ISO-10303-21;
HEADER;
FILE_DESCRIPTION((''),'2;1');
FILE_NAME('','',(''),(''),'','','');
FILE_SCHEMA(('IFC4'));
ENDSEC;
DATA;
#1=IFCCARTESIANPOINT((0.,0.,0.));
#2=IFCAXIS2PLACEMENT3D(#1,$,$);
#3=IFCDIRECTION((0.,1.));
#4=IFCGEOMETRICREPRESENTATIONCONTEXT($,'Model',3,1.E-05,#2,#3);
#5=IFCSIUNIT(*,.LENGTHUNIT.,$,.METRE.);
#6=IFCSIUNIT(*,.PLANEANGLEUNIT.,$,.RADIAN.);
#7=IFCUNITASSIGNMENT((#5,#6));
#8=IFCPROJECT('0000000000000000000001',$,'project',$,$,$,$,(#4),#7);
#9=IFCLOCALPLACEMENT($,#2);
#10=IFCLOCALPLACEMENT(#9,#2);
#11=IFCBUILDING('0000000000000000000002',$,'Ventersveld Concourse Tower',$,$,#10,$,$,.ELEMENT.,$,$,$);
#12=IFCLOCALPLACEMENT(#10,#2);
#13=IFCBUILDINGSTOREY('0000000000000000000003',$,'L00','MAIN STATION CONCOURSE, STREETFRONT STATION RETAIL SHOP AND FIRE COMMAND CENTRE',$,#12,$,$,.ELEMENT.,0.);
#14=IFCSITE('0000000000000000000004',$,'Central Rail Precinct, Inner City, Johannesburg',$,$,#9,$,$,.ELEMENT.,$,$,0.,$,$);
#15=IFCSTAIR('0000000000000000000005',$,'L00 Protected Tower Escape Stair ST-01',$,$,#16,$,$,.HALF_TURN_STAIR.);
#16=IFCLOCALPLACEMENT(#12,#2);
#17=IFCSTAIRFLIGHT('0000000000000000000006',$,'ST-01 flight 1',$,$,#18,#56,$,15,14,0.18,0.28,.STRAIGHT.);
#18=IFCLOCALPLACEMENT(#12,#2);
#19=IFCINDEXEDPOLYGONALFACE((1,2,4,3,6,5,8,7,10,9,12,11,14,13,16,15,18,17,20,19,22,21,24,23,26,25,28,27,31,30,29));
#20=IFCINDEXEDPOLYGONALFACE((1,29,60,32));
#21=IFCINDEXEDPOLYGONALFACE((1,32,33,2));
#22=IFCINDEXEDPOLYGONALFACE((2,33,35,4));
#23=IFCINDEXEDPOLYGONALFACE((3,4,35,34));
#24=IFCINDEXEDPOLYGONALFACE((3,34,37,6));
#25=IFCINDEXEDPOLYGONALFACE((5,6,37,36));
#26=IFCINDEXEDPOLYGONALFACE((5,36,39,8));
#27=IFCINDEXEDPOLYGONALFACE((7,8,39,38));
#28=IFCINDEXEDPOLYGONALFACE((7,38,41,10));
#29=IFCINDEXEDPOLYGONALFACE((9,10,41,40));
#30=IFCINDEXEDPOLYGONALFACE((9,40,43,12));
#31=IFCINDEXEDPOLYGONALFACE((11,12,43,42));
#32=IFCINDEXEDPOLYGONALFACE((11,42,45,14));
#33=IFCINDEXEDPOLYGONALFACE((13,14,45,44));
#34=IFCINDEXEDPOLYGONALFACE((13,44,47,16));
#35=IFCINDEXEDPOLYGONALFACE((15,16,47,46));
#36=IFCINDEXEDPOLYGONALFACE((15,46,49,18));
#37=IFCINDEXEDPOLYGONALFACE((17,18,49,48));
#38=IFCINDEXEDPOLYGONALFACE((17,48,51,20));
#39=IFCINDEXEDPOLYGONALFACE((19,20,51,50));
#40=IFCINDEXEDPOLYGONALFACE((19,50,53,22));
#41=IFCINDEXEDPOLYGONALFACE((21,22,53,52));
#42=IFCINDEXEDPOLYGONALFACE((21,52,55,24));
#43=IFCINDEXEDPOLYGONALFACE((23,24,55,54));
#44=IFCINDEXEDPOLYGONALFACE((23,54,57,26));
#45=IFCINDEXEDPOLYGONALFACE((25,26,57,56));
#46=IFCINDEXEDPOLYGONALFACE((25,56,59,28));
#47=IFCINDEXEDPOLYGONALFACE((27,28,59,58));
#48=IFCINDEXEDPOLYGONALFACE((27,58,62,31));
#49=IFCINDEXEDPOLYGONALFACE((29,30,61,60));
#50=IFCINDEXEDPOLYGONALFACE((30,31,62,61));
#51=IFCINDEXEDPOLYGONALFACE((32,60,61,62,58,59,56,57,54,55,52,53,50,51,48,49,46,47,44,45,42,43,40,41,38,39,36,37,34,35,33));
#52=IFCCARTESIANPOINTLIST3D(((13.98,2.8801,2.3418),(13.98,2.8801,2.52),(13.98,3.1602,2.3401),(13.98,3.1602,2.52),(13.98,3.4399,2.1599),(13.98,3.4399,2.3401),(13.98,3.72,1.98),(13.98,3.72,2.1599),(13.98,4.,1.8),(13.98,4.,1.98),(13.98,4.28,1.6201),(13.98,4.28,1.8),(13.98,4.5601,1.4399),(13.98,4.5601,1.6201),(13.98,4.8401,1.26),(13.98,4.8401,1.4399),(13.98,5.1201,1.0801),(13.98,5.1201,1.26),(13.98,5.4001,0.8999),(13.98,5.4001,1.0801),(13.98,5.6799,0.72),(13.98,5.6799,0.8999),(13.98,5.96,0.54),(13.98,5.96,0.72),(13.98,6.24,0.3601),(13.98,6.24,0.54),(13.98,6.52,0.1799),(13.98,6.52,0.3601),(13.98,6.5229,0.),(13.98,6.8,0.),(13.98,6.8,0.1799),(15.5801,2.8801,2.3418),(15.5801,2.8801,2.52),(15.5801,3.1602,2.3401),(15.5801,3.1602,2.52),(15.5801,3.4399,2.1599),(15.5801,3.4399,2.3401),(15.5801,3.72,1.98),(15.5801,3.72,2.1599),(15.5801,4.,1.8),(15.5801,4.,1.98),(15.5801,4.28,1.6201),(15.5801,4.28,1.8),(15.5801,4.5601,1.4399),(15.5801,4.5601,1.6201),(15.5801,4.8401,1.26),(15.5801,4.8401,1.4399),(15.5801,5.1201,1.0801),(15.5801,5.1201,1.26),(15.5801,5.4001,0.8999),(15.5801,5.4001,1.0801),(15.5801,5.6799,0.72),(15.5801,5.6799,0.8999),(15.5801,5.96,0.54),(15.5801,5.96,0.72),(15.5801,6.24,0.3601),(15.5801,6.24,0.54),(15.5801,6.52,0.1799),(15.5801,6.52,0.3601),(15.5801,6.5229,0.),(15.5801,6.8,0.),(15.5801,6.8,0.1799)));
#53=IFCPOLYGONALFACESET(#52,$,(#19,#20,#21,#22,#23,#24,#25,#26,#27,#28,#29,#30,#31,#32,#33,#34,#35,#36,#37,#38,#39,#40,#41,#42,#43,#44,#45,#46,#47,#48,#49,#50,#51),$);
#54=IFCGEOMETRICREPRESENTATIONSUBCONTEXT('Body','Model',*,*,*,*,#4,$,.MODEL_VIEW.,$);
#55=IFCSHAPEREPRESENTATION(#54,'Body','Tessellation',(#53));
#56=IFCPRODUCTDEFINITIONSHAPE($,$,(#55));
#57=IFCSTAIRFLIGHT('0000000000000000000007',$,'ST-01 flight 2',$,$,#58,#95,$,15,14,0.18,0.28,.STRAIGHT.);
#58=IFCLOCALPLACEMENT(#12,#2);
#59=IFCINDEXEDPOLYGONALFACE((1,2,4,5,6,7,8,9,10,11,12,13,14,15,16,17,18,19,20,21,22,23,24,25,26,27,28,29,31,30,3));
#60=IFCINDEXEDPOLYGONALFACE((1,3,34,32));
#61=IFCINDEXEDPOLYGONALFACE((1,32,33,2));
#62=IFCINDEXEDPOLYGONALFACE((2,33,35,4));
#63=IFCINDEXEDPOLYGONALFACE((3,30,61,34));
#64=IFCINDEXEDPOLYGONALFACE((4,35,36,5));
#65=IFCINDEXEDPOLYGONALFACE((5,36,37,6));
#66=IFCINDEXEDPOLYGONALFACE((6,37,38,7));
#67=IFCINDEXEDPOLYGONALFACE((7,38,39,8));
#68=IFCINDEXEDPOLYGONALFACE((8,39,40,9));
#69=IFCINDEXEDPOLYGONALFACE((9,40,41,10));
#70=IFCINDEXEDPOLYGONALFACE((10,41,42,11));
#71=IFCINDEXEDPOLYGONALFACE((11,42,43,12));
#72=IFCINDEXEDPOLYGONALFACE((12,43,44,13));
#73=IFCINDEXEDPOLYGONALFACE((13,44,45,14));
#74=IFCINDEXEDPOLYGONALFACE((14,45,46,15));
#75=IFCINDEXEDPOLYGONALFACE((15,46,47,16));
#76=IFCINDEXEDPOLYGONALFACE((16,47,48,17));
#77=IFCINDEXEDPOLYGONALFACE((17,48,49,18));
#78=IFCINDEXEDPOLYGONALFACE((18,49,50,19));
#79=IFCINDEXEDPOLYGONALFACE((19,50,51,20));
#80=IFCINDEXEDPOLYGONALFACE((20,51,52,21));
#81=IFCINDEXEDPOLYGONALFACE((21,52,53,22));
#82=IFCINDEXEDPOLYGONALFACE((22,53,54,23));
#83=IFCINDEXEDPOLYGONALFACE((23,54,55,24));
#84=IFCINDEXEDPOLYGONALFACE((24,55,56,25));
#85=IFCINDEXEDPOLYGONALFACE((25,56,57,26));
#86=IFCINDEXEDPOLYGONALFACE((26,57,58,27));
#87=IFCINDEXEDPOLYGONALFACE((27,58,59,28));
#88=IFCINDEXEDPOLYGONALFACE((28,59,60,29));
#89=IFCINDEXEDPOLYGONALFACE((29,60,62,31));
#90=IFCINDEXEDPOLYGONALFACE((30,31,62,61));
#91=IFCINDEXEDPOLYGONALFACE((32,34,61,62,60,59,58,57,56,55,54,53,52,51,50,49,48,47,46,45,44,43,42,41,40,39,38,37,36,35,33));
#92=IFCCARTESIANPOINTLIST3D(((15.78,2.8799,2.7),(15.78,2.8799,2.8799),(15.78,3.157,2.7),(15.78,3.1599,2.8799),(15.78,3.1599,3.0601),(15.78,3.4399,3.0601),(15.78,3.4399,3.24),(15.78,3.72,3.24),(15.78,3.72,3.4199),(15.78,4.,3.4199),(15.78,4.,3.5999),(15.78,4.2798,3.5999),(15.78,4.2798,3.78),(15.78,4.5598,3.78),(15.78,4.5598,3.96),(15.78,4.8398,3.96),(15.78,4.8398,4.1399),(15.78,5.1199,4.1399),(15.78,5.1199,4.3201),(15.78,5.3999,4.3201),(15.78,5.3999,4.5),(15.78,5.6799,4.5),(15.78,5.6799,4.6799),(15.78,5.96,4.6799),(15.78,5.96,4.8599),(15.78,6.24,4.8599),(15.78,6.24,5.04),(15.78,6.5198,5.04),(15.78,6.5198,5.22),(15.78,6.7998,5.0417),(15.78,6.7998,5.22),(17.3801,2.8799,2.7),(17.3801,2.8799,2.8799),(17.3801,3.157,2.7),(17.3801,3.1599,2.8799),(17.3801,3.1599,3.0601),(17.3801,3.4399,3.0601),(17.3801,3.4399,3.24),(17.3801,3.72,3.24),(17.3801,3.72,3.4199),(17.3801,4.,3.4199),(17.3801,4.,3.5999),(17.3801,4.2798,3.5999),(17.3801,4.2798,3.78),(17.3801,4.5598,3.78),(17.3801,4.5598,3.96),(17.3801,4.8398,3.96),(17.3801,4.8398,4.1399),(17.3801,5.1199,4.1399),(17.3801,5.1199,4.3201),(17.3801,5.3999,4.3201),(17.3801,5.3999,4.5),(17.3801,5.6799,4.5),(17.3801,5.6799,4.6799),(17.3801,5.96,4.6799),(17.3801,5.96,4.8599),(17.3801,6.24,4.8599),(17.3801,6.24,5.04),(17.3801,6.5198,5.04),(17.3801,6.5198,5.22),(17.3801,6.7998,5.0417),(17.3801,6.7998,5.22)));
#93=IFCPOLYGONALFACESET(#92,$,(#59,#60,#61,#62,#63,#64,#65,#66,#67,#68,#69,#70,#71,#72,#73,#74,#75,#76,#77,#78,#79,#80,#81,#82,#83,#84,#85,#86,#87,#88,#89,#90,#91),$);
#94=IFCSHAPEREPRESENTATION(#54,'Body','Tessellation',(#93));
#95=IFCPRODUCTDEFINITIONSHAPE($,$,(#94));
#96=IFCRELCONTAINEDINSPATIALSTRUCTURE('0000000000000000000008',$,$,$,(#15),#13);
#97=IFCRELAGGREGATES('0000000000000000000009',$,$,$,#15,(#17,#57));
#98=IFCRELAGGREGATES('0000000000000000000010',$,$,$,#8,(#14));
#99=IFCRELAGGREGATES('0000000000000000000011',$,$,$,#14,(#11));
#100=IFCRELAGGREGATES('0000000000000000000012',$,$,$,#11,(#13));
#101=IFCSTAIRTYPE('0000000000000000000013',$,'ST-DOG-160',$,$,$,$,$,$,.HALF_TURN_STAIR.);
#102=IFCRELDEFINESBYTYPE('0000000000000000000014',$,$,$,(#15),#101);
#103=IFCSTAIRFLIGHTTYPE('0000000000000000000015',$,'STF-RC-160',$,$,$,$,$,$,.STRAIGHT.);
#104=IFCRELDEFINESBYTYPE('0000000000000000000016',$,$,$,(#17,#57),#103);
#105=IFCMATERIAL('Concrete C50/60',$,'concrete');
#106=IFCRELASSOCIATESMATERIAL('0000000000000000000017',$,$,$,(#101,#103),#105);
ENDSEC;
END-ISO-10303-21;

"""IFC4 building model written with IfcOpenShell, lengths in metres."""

from ifc_helpers import new_model, si_unit, direction, frame, origin, place, context, subcontext, project, spatial, polyline, outline, extrude, material, type_object, element, aggregate, save


model = new_model("IFC4")

# Units and contexts
model_context = context("Model", 3, precision=1e-05, world=origin(), true_north=direction((0.0, 1.0)))
body_context = subcontext(model_context, "Body", "Model", "MODEL_VIEW")
ifc_project = project(units=[si_unit("LENGTHUNIT", "METRE"), si_unit("PLANEANGLEUNIT", "RADIAN")], contexts=[model_context])

# Site, building, storey
site_placement = place(None, origin())
site = spatial("IfcSite", under=ifc_project, at=site_placement, Name="Central Rail Precinct, Inner City, Johannesburg", CompositionType="ELEMENT", RefElevation=0.0)
building_placement = place(site_placement, origin())
building = spatial("IfcBuilding", under=site, at=building_placement, Name="Ventersveld Concourse Tower", CompositionType="ELEMENT")
storey_placement = place(building_placement, origin())
storey = spatial("IfcBuildingStorey", under=building, at=storey_placement, Name="L00", Description="MAIN STATION CONCOURSE, STREETFRONT STATION RETAIL SHOP AND FIRE COMMAND CENTRE", CompositionType="ELEMENT", Elevation=0.0)

# Shared definitions
ifc_material_1 = material(Name="Concrete C50/60", Category="concrete")

# Stair, stair flights
stair_type = type_object("IfcStairType", Name="ST-DOG-160", PredefinedType="HALF_TURN_STAIR", material=ifc_material_1)
stair_placement = place(storey_placement, origin())
stair = element("IfcStair", 1, at=stair_placement, inside=storey, type_object=stair_type, Name="L00 Protected Tower Escape Stair ST-01", PredefinedType="HALF_TURN_STAIR")
stair_flight_type = type_object("IfcStairFlightType", Name="STF-RC-160", PredefinedType="STRAIGHT", material=ifc_material_1)
stair_flight_1_placement = place(storey_placement, frame((14.78, 6.8, 0.0), z_axis=(0.0, 0.0, 1.0), x_axis=(0.0, -1.0, 0.0)))
stair_flight_1 = element("IfcStairFlight", 2, at=stair_flight_1_placement, type_object=stair_flight_type, Name="ST-01 flight 1", NumberOfRisers=15, NumberOfTreads=14, PredefinedType="STRAIGHT", RiserHeight=0.18, TreadLength=0.28, context=body_context, shape_type="SweptSolid", body=[
    extrude(outline(polyline([(0.0, 0.0), (0.0, 0.1799), (0.28, 0.1799), (0.28, 0.3601), (0.5601, 0.3601), (0.5601, 0.54), (0.8401, 0.54), (0.8401, 0.72), (1.1201, 0.72), (1.1201, 0.8999), (1.3999, 0.8999), (1.3999, 1.0801), (1.6799, 1.0801), (1.6799, 1.26), (1.96, 1.26), (1.96, 1.4399), (2.24, 1.4399), (2.24, 1.6201), (2.52, 1.6201), (2.52, 1.8), (2.8, 1.8), (2.8, 1.98), (3.0801, 1.98), (3.0801, 2.1599), (3.3601, 2.1599), (3.3601, 2.3401), (3.6399, 2.3401), (3.6399, 2.52), (3.9199, 2.52), (3.9199, 2.7), (3.9199, 2.3418), (0.2771, 0.0), (0.0, 0.0)])), frame((0.0, 0.8, 0.0), z_axis=(0.0, -1.0, 0.0), x_axis=(1.0, 0.0, 0.0)), (0.0, 0.0, 1.0), 1.6001),
])
stair_flight_2_placement = place(storey_placement, frame((16.5801, 2.8799, 2.7), z_axis=(0.0, 0.0, 1.0), x_axis=(0.0, 1.0, 0.0)))
stair_flight_2 = element("IfcStairFlight", 3, at=stair_flight_2_placement, type_object=stair_flight_type, Name="ST-01 flight 2", NumberOfRisers=15, NumberOfTreads=14, PredefinedType="STRAIGHT", RiserHeight=0.18, TreadLength=0.28, context=body_context, shape_type="SweptSolid", body=[
    extrude(outline(polyline([(0.0, 0.0), (0.0, 0.1799), (0.28, 0.1799), (0.28, 0.3601), (0.5601, 0.3601), (0.5601, 0.54), (0.8401, 0.54), (0.8401, 0.72), (1.1201, 0.72), (1.1201, 0.8999), (1.3999, 0.8999), (1.3999, 1.0801), (1.6799, 1.0801), (1.6799, 1.26), (1.96, 1.26), (1.96, 1.4399), (2.24, 1.4399), (2.24, 1.6201), (2.52, 1.6201), (2.52, 1.8), (2.8, 1.8), (2.8, 1.98), (3.0801, 1.98), (3.0801, 2.1599), (3.3601, 2.1599), (3.3601, 2.3401), (3.6399, 2.3401), (3.6399, 2.52), (3.9199, 2.52), (3.9199, 2.7), (3.9199, 2.3418), (0.2771, 0.0), (0.0, 0.0)])), frame((0.0, 0.8, 0.0), z_axis=(0.0, -1.0, 0.0), x_axis=(1.0, 0.0, 0.0)), (0.0, 0.0, 1.0), 1.6001),
])
aggregate(stair, [stair_flight_1, stair_flight_2])

save(model, "model.ifc")
